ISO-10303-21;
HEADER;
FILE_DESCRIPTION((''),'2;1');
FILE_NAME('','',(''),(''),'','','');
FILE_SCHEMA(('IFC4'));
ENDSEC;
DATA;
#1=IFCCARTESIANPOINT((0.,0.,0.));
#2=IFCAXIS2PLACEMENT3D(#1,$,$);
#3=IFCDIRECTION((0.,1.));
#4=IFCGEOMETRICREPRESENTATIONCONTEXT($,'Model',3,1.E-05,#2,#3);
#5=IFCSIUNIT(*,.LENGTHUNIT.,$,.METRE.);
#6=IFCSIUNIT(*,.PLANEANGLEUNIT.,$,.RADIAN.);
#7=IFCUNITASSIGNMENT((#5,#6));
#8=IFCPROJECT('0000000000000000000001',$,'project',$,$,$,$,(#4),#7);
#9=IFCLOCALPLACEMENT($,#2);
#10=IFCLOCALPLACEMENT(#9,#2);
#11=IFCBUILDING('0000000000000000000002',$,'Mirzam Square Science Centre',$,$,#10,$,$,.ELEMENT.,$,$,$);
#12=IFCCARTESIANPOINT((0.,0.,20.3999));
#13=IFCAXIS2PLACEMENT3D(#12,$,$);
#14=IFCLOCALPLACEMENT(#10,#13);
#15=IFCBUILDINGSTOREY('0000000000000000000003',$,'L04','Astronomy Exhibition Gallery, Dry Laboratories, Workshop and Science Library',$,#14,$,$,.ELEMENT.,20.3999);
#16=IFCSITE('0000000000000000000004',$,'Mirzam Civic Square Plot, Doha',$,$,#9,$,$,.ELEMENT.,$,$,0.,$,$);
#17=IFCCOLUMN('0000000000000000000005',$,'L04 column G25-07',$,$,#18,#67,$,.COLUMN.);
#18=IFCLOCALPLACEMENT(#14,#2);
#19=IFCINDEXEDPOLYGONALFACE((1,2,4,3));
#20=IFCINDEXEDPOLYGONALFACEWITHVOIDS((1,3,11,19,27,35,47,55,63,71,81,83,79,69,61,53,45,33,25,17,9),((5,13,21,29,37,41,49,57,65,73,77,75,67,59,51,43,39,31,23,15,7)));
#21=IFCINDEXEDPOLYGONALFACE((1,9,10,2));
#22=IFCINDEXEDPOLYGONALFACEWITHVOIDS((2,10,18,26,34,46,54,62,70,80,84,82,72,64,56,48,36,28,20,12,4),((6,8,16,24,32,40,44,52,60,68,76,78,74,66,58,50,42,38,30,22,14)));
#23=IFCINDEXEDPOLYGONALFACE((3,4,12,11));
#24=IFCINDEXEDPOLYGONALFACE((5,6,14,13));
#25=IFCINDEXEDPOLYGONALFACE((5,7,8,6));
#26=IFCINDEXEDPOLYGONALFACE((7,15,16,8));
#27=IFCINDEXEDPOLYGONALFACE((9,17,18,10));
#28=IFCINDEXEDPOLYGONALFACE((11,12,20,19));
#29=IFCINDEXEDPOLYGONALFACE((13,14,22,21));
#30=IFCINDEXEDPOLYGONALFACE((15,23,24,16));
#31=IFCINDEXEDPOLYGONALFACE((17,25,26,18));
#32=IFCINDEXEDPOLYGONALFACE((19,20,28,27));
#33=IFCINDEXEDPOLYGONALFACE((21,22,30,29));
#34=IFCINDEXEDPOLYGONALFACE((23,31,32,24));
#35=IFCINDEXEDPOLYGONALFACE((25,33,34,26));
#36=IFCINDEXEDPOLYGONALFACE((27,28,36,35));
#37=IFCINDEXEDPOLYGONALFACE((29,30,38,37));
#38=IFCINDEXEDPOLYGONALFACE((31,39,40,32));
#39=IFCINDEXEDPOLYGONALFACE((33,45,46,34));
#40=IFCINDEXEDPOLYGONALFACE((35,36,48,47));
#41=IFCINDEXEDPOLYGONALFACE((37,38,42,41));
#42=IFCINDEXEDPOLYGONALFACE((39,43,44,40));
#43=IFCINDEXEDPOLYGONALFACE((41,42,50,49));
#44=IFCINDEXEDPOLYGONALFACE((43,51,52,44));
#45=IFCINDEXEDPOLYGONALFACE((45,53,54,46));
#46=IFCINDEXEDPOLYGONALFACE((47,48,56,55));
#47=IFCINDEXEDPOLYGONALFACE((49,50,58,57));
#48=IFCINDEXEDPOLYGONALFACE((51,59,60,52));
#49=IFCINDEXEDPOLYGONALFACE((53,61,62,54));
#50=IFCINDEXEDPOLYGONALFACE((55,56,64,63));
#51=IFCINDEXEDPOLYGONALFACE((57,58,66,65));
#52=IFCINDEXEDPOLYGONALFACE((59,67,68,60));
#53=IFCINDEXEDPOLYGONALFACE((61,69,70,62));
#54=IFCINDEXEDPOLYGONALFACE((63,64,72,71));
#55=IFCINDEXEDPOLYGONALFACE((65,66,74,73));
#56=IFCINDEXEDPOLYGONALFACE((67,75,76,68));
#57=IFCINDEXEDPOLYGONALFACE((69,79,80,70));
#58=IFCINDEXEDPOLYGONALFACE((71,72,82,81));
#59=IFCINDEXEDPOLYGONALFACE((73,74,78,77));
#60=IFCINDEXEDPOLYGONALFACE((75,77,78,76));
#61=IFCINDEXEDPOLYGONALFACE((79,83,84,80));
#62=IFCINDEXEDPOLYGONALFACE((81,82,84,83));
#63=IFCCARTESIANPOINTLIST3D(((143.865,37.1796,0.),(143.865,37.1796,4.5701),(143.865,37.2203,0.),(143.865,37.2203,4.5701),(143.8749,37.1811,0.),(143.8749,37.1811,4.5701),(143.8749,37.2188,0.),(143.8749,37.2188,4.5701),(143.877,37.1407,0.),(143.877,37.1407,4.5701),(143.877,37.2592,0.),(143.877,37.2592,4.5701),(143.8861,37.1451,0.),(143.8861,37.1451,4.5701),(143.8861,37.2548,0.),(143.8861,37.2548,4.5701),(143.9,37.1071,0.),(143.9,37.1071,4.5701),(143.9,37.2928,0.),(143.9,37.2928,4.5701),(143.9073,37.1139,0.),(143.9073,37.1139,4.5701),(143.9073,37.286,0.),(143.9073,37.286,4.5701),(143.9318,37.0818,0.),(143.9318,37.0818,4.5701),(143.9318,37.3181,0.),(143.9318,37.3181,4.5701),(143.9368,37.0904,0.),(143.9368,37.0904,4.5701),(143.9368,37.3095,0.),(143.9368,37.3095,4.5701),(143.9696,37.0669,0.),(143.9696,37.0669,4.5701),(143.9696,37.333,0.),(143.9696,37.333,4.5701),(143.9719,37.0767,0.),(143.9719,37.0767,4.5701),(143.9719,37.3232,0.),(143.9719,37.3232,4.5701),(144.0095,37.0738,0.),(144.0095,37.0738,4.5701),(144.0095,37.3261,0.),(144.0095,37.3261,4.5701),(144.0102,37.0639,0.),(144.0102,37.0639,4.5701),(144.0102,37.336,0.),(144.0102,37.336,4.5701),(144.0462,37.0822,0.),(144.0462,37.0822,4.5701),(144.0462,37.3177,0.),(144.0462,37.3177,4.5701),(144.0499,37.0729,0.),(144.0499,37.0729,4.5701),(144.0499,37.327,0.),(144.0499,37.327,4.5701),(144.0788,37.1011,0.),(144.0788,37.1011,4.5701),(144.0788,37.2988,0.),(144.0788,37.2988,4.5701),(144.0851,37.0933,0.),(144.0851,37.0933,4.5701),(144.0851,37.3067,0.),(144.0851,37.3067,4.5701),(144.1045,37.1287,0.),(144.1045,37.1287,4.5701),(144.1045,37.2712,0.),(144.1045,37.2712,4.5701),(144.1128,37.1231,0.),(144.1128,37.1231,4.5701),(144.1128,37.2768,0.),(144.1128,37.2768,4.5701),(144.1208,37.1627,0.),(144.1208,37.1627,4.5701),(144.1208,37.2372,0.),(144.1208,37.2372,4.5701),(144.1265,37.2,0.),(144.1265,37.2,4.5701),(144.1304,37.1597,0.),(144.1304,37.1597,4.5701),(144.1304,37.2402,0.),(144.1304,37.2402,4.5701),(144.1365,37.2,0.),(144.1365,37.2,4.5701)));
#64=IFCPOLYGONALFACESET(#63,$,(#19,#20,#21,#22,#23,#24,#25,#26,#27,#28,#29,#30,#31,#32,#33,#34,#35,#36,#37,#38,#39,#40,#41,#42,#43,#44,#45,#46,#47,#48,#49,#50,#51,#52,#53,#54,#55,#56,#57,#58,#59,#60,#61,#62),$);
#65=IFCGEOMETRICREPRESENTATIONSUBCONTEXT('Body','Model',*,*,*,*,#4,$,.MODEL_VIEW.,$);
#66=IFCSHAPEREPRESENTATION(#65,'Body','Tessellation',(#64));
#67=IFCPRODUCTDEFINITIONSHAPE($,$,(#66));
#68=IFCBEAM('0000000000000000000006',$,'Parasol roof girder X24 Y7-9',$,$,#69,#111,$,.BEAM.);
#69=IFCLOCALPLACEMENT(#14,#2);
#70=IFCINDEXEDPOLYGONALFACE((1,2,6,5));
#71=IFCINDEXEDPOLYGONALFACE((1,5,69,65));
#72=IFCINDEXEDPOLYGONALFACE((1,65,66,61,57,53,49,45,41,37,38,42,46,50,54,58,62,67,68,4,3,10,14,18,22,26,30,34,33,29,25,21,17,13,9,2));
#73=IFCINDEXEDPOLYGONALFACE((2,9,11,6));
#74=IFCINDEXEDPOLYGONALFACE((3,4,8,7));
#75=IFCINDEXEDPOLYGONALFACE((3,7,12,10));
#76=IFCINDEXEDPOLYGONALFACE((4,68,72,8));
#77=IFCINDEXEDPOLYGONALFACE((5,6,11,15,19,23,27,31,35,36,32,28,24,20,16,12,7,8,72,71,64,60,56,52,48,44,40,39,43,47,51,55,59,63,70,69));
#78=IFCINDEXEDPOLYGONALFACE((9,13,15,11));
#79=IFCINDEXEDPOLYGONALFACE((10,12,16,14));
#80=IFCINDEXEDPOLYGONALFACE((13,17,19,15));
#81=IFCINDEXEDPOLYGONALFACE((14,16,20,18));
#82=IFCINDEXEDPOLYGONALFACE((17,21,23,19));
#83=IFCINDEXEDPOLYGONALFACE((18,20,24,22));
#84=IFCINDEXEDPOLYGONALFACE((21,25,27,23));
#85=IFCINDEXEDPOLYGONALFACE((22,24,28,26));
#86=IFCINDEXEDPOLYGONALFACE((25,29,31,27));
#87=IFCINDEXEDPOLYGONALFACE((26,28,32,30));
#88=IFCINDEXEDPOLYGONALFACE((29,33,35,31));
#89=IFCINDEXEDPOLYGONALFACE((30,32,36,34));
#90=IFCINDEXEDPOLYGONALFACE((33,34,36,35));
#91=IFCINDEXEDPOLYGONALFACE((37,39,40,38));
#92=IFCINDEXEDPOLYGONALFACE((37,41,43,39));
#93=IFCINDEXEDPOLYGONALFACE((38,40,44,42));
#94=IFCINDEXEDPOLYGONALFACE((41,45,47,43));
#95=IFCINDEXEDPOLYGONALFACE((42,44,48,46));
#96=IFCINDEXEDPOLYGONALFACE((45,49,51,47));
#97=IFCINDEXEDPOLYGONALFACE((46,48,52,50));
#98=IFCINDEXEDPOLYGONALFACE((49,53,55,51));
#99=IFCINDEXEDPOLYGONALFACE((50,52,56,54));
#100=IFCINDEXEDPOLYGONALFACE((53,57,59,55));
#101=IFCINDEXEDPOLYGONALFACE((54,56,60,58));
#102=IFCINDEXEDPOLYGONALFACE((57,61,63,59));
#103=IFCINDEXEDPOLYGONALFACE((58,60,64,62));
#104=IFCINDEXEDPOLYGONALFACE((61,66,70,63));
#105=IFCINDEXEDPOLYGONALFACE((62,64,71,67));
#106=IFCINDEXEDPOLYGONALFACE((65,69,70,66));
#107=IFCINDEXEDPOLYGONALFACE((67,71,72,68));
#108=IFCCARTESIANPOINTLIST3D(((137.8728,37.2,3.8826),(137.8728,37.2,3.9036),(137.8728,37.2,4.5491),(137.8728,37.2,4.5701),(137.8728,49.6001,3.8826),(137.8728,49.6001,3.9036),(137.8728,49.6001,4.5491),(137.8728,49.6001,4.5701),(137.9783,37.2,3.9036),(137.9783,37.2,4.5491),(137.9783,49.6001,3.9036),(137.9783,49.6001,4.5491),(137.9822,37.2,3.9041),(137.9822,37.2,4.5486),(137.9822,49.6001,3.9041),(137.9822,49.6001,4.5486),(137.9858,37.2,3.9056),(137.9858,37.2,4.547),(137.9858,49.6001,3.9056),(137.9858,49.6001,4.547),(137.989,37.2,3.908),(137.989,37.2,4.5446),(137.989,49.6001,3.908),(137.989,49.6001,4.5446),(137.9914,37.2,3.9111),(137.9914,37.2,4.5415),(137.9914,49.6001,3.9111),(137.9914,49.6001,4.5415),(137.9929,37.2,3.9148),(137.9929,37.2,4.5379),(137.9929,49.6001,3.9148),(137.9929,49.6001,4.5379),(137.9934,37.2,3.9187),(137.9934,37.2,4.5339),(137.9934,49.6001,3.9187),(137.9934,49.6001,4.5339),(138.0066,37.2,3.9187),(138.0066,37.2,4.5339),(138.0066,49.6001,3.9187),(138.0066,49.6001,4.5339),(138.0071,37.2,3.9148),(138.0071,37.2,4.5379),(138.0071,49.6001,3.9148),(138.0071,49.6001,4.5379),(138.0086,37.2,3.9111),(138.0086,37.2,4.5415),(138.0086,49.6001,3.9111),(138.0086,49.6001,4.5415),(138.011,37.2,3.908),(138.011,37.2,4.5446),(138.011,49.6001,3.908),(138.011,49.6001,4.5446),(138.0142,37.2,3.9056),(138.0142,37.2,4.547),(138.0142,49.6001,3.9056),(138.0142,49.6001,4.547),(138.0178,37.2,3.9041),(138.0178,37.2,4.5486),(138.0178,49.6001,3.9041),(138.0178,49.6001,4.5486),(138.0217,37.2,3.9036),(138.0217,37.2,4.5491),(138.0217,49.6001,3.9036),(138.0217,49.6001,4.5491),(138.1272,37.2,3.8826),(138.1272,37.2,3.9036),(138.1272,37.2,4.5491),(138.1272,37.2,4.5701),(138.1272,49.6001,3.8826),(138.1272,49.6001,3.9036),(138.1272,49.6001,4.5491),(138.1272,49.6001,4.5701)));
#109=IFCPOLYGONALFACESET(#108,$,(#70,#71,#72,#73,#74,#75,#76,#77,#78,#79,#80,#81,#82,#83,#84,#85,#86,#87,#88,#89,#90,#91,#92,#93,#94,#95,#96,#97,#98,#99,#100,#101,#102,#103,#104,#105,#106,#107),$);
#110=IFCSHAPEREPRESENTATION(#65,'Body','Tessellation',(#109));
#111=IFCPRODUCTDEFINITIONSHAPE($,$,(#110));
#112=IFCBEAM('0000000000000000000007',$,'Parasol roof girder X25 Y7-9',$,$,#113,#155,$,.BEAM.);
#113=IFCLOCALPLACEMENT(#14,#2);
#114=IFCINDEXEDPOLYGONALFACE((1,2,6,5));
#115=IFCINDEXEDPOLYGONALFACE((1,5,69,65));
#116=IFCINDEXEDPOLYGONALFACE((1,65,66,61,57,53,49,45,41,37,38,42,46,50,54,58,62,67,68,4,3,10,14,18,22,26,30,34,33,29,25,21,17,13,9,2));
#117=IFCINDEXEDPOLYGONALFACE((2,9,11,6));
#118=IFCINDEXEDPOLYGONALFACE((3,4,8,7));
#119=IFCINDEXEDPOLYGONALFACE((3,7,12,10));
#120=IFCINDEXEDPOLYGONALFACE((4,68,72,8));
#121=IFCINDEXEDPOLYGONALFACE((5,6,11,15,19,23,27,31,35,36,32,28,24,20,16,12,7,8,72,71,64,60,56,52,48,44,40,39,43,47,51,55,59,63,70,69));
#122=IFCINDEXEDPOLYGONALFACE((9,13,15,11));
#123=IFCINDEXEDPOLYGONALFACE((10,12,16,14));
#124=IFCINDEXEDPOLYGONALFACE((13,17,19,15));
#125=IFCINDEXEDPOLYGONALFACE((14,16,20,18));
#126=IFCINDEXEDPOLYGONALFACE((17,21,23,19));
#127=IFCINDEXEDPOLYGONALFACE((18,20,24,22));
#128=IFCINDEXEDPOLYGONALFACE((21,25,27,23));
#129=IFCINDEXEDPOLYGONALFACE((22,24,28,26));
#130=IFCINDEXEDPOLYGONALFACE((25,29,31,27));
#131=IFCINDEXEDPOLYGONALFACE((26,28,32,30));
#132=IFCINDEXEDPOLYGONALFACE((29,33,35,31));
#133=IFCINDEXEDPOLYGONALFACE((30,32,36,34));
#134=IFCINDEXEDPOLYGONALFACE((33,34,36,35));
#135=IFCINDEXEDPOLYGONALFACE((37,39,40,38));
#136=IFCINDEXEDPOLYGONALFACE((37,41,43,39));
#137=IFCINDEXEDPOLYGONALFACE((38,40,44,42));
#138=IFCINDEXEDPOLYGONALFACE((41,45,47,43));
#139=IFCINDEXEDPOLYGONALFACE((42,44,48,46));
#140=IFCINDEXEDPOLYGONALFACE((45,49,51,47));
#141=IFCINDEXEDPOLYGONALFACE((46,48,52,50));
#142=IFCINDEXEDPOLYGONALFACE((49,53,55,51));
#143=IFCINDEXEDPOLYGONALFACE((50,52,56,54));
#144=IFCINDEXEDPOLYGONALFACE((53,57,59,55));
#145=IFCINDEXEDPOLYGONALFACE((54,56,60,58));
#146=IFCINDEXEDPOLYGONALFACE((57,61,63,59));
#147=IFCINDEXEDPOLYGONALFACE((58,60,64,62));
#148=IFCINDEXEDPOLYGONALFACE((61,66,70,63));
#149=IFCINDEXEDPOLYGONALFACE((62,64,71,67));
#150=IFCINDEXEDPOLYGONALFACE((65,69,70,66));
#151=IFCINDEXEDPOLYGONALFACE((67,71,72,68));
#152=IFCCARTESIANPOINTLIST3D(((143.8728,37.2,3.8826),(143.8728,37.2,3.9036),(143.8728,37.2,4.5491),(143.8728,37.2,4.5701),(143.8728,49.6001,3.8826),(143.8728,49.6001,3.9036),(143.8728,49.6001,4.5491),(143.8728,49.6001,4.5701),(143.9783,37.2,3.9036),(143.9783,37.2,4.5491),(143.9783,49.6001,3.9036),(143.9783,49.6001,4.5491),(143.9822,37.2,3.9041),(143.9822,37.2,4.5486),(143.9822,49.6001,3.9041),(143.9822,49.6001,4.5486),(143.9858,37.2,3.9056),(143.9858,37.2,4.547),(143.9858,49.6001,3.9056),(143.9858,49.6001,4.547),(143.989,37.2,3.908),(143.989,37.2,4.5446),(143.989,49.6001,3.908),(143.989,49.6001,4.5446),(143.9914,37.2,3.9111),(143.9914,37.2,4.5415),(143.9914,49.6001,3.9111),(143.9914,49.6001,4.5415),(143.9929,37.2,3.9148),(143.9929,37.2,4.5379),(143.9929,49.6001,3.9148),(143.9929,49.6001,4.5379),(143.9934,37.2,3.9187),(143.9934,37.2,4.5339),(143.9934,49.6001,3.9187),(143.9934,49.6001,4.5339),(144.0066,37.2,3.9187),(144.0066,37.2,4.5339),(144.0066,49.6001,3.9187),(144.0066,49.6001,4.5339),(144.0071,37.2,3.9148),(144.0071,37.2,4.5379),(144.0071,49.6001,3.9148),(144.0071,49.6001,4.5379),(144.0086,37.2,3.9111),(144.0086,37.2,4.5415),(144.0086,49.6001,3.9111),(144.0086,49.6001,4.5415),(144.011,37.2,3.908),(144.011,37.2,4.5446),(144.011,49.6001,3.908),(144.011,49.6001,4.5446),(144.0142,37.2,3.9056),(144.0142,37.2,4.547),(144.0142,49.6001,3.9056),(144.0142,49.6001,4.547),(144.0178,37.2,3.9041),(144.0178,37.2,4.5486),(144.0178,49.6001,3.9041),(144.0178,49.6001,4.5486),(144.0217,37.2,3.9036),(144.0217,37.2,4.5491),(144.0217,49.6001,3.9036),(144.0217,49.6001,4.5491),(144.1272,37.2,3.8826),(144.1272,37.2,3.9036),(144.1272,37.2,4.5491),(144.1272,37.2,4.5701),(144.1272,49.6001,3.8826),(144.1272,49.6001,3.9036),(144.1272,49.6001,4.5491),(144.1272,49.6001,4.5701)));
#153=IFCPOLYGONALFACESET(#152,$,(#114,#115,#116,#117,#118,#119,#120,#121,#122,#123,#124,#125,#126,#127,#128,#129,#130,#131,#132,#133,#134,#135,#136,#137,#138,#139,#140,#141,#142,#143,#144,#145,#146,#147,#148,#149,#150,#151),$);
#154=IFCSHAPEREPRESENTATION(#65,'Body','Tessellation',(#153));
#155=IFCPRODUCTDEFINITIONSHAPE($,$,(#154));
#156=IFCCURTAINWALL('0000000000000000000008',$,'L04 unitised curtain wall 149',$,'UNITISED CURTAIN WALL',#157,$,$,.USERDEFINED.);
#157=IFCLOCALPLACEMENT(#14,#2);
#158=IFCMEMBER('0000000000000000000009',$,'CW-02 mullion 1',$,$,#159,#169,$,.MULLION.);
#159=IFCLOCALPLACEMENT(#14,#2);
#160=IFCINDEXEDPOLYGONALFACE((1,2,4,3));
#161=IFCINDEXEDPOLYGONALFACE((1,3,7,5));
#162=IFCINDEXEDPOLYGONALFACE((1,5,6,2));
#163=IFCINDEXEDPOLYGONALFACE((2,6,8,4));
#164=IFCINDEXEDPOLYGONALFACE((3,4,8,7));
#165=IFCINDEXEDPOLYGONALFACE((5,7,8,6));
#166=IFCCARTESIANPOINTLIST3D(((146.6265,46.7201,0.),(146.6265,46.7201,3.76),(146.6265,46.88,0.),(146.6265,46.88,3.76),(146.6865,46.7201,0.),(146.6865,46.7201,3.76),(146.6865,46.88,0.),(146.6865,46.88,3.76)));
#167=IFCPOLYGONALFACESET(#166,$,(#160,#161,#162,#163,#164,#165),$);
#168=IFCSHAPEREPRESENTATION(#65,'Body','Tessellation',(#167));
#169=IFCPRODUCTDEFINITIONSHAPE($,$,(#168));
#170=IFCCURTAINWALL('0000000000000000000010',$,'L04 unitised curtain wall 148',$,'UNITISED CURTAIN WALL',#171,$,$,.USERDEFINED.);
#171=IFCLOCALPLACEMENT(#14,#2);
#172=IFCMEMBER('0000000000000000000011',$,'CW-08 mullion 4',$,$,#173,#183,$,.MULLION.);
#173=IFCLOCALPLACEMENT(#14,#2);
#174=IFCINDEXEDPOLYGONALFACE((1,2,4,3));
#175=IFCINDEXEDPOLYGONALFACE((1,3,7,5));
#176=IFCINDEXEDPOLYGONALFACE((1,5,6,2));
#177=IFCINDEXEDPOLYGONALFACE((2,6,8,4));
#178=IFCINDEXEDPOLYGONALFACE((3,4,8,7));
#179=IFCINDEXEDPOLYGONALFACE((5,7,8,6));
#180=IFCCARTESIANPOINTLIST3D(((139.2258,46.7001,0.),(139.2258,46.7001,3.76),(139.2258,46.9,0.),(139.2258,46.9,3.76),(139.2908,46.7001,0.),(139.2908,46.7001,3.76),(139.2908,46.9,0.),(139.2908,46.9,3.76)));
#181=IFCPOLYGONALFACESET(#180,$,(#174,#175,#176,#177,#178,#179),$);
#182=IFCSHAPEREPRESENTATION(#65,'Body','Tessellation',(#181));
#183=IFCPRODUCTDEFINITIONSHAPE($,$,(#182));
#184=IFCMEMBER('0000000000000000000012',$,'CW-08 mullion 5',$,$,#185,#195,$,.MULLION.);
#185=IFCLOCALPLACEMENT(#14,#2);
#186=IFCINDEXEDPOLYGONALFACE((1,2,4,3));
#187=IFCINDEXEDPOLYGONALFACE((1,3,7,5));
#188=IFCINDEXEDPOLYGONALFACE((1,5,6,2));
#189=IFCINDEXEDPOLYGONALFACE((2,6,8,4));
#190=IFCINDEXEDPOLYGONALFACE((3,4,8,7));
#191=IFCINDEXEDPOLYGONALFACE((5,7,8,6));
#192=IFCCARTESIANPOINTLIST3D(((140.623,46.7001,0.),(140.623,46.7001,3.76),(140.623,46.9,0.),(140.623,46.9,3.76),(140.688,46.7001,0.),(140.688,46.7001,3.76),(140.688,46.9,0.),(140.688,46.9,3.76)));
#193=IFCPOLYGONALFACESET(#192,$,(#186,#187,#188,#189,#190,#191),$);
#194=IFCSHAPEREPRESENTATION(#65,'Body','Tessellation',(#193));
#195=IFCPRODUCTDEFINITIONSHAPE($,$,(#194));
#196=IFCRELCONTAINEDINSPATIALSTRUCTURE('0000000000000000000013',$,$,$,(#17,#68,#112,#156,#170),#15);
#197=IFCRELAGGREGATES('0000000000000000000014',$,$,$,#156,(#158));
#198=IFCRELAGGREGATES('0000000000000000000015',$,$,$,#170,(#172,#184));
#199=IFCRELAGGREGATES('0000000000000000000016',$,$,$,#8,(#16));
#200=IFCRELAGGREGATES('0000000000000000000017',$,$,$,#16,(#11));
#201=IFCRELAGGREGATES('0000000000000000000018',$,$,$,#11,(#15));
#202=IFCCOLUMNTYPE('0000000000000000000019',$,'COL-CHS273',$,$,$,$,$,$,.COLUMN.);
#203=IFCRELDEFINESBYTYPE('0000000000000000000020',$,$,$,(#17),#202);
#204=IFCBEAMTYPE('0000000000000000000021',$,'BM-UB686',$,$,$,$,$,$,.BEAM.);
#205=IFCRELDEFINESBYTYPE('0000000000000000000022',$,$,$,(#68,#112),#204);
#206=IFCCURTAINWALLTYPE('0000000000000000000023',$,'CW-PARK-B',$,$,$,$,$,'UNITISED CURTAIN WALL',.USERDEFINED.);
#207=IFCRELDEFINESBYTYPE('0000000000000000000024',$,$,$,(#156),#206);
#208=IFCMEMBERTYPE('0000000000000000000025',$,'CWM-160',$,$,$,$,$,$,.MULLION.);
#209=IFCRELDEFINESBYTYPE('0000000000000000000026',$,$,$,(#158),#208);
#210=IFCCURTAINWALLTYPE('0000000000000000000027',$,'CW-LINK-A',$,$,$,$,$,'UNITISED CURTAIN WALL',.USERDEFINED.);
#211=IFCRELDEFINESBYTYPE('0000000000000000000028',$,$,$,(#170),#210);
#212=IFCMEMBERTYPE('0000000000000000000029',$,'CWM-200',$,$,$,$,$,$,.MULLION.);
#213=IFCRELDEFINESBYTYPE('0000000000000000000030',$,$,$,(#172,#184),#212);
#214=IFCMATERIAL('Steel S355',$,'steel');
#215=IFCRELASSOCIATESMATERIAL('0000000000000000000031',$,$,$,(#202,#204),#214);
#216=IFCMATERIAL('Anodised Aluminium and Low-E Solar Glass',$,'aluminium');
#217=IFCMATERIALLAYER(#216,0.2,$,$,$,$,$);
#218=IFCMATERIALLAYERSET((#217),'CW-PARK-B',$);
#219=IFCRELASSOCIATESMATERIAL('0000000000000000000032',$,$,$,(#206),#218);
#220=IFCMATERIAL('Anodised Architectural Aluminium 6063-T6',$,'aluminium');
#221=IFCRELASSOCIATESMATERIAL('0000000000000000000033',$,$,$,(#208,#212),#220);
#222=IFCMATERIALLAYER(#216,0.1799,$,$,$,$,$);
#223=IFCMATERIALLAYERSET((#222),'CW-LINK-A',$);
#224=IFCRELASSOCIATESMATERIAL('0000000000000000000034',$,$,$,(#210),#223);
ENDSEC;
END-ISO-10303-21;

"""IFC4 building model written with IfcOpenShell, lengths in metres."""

from ifc_helpers import new_model, si_unit, direction, frame, origin, origin_2d, place, context, subcontext, project, spatial, rectangle, hollow_circle, i_section, extrude, material, layer, layer_set, material_profile, profile_set, type_object, element, aggregate, save


model = new_model("IFC4")

# Units and contexts
model_context = context("Model", 3, precision=1e-05, world=origin(), true_north=direction((0.0, 1.0)))
body_context = subcontext(model_context, "Body", "Model", "MODEL_VIEW")
ifc_project = project(units=[si_unit("LENGTHUNIT", "METRE"), si_unit("PLANEANGLEUNIT", "RADIAN")], contexts=[model_context])

# Site, building, storey
site_placement = place(None, origin())
site = spatial("IfcSite", under=ifc_project, at=site_placement, Name="Mirzam Civic Square Plot, Doha", CompositionType="ELEMENT", RefElevation=0.0)
building_placement = place(site_placement, origin())
building = spatial("IfcBuilding", under=site, at=building_placement, Name="Mirzam Square Science Centre", CompositionType="ELEMENT")
storey_placement = place(building_placement, frame((0.0, 0.0, 20.3999)))
storey = spatial("IfcBuildingStorey", under=building, at=storey_placement, Name="L04", Description="Astronomy Exhibition Gallery, Dry Laboratories, Workshop and Science Library", CompositionType="ELEMENT", Elevation=20.3999)

# Column
ifc_material_1 = material(Name="Steel S355", Category="steel")
ifc_material_profile_1 = material_profile(ifc_material_1, hollow_circle(Radius=0.1365, WallThickness=0.01, at=origin_2d()), Name="273.0x10.0CHS")
ifc_profile_set_1 = profile_set([ifc_material_profile_1], Name="Steel S355")
column_type = type_object("IfcColumnType", Name="COL-CHS273", PredefinedType="COLUMN", material=ifc_profile_set_1)
column_placement = place(storey_placement, frame((144.0, 37.2, 0.0), z_axis=(0.0, 0.0, 1.0), x_axis=(1.0, 0.0, 0.0)))
element("IfcColumn", 1, at=column_placement, inside=storey, type_object=column_type, Name="L04 column G25-07", PredefinedType="COLUMN", context=body_context, shape_type="SweptSolid", body=[
    extrude(hollow_circle(Radius=0.1365, WallThickness=0.01, at=origin_2d()), origin(), (0.0, 0.0, 1.0), 4.5701),
])

# Beams
ifc_material_profile_2 = material_profile(ifc_material_1, i_section(OverallWidth=0.2544, OverallDepth=0.6875, WebThickness=0.0132, FlangeThickness=0.021, FilletRadius=0.0151, at=origin_2d()), Name="686x254x152UB")
ifc_profile_set_2 = profile_set([ifc_material_profile_2], Name="Steel S355")
beam_type_1 = type_object("IfcBeamType", Name="BM-UB686", PredefinedType="BEAM", material=ifc_profile_set_2)
for number, where, z_axis, x_axis, name in (
    (2, (138.0, 37.2, 4.2263), (0.0, 1.0, 0.0), (-1.0, 0.0, 0.0), "Parasol roof girder X24 Y7-9"),
    (3, (144.0, 37.2, 4.2263), (0.0, 1.0, 0.0), (-1.0, 0.0, 0.0), "Parasol roof girder X25 Y7-9"),
):
    element("IfcBeam", number, at=place(storey_placement, frame(where, z_axis=z_axis, x_axis=x_axis)), inside=storey, type_object=beam_type_1, Name=name, PredefinedType="BEAM", context=body_context, shape_type="SweptSolid", body=[
        extrude(i_section(OverallWidth=0.2544, OverallDepth=0.6875, WebThickness=0.0132, FlangeThickness=0.021, FilletRadius=0.0151, at=origin_2d()), origin(), (0.0, 0.0, 1.0), 12.4001),
    ])

# Curtain wall, member
ifc_material_2 = material(Name="Anodised Aluminium and Low-E Solar Glass", Category="aluminium")
ifc_layer_1 = layer(ifc_material_2, 0.2)
ifc_layer_set_1 = layer_set([ifc_layer_1], Name="CW-PARK-B")
curtain_wall_type_1 = type_object("IfcCurtainWallType", Name="CW-PARK-B", ElementType="UNITISED CURTAIN WALL", PredefinedType="USERDEFINED", material=ifc_layer_set_1)
curtain_wall_1_placement = place(storey_placement, origin())
curtain_wall_1 = element("IfcCurtainWall", 4, at=curtain_wall_1_placement, inside=storey, type_object=curtain_wall_type_1, Name="L04 unitised curtain wall 149", ObjectType="UNITISED CURTAIN WALL", PredefinedType="USERDEFINED")
ifc_material_3 = material(Name="Anodised Architectural Aluminium 6063-T6", Category="aluminium")
ifc_material_profile_3 = material_profile(ifc_material_3, rectangle(XDim=0.0601, YDim=0.1599, at=origin_2d()), Name="ALU-MULL-160x60x4")
ifc_profile_set_3 = profile_set([ifc_material_profile_3], Name="Anodised Architectural Aluminium 6063-T6")
member_type_1 = type_object("IfcMemberType", Name="CWM-160", PredefinedType="MULLION", material=ifc_profile_set_3)
member_1_placement = place(storey_placement, frame((146.6565, 46.8, 0.0), z_axis=(0.0, 0.0, 1.0), x_axis=(1.0, 0.0, 0.0)))
member_1 = element("IfcMember", 5, at=member_1_placement, type_object=member_type_1, Name="CW-02 mullion 1", PredefinedType="MULLION", context=body_context, shape_type="SweptSolid", body=[
    extrude(rectangle(XDim=0.0601, YDim=0.1599, at=origin_2d()), origin(), (0.0, 0.0, 1.0), 3.76),
])
aggregate(curtain_wall_1, [member_1])

# Curtain wall, members
ifc_layer_2 = layer(ifc_material_2, 0.1799)
ifc_layer_set_2 = layer_set([ifc_layer_2], Name="CW-LINK-A")
curtain_wall_type_2 = type_object("IfcCurtainWallType", Name="CW-LINK-A", ElementType="UNITISED CURTAIN WALL", PredefinedType="USERDEFINED", material=ifc_layer_set_2)
curtain_wall_2_placement = place(storey_placement, origin())
curtain_wall_2 = element("IfcCurtainWall", 6, at=curtain_wall_2_placement, inside=storey, type_object=curtain_wall_type_2, Name="L04 unitised curtain wall 148", ObjectType="UNITISED CURTAIN WALL", PredefinedType="USERDEFINED")
ifc_material_profile_4 = material_profile(ifc_material_3, rectangle(XDim=0.0649, YDim=0.2, at=origin_2d()), Name="ALU-MULL-200x65x5")
ifc_profile_set_4 = profile_set([ifc_material_profile_4], Name="Anodised Architectural Aluminium 6063-T6")
member_type_2 = type_object("IfcMemberType", Name="CWM-200", PredefinedType="MULLION", material=ifc_profile_set_4)
member_2_placement = place(storey_placement, frame((139.2583, 46.8, 0.0), z_axis=(0.0, 0.0, 1.0), x_axis=(1.0, 0.0, 0.0)))
member_2 = element("IfcMember", 7, at=member_2_placement, type_object=member_type_2, Name="CW-08 mullion 4", PredefinedType="MULLION", context=body_context, shape_type="SweptSolid", body=[
    extrude(rectangle(XDim=0.0649, YDim=0.2, at=origin_2d()), origin(), (0.0, 0.0, 1.0), 3.76),
])
member_3_placement = place(storey_placement, frame((140.6555, 46.8, 0.0), z_axis=(0.0, 0.0, 1.0), x_axis=(1.0, 0.0, 0.0)))
member_3 = element("IfcMember", 8, at=member_3_placement, type_object=member_type_2, Name="CW-08 mullion 5", PredefinedType="MULLION", context=body_context, shape_type="SweptSolid", body=[
    extrude(rectangle(XDim=0.0649, YDim=0.2, at=origin_2d()), origin(), (0.0, 0.0, 1.0), 3.76),
])

aggregate(curtain_wall_2, [member_2, member_3])

save(model, "model.ifc")
